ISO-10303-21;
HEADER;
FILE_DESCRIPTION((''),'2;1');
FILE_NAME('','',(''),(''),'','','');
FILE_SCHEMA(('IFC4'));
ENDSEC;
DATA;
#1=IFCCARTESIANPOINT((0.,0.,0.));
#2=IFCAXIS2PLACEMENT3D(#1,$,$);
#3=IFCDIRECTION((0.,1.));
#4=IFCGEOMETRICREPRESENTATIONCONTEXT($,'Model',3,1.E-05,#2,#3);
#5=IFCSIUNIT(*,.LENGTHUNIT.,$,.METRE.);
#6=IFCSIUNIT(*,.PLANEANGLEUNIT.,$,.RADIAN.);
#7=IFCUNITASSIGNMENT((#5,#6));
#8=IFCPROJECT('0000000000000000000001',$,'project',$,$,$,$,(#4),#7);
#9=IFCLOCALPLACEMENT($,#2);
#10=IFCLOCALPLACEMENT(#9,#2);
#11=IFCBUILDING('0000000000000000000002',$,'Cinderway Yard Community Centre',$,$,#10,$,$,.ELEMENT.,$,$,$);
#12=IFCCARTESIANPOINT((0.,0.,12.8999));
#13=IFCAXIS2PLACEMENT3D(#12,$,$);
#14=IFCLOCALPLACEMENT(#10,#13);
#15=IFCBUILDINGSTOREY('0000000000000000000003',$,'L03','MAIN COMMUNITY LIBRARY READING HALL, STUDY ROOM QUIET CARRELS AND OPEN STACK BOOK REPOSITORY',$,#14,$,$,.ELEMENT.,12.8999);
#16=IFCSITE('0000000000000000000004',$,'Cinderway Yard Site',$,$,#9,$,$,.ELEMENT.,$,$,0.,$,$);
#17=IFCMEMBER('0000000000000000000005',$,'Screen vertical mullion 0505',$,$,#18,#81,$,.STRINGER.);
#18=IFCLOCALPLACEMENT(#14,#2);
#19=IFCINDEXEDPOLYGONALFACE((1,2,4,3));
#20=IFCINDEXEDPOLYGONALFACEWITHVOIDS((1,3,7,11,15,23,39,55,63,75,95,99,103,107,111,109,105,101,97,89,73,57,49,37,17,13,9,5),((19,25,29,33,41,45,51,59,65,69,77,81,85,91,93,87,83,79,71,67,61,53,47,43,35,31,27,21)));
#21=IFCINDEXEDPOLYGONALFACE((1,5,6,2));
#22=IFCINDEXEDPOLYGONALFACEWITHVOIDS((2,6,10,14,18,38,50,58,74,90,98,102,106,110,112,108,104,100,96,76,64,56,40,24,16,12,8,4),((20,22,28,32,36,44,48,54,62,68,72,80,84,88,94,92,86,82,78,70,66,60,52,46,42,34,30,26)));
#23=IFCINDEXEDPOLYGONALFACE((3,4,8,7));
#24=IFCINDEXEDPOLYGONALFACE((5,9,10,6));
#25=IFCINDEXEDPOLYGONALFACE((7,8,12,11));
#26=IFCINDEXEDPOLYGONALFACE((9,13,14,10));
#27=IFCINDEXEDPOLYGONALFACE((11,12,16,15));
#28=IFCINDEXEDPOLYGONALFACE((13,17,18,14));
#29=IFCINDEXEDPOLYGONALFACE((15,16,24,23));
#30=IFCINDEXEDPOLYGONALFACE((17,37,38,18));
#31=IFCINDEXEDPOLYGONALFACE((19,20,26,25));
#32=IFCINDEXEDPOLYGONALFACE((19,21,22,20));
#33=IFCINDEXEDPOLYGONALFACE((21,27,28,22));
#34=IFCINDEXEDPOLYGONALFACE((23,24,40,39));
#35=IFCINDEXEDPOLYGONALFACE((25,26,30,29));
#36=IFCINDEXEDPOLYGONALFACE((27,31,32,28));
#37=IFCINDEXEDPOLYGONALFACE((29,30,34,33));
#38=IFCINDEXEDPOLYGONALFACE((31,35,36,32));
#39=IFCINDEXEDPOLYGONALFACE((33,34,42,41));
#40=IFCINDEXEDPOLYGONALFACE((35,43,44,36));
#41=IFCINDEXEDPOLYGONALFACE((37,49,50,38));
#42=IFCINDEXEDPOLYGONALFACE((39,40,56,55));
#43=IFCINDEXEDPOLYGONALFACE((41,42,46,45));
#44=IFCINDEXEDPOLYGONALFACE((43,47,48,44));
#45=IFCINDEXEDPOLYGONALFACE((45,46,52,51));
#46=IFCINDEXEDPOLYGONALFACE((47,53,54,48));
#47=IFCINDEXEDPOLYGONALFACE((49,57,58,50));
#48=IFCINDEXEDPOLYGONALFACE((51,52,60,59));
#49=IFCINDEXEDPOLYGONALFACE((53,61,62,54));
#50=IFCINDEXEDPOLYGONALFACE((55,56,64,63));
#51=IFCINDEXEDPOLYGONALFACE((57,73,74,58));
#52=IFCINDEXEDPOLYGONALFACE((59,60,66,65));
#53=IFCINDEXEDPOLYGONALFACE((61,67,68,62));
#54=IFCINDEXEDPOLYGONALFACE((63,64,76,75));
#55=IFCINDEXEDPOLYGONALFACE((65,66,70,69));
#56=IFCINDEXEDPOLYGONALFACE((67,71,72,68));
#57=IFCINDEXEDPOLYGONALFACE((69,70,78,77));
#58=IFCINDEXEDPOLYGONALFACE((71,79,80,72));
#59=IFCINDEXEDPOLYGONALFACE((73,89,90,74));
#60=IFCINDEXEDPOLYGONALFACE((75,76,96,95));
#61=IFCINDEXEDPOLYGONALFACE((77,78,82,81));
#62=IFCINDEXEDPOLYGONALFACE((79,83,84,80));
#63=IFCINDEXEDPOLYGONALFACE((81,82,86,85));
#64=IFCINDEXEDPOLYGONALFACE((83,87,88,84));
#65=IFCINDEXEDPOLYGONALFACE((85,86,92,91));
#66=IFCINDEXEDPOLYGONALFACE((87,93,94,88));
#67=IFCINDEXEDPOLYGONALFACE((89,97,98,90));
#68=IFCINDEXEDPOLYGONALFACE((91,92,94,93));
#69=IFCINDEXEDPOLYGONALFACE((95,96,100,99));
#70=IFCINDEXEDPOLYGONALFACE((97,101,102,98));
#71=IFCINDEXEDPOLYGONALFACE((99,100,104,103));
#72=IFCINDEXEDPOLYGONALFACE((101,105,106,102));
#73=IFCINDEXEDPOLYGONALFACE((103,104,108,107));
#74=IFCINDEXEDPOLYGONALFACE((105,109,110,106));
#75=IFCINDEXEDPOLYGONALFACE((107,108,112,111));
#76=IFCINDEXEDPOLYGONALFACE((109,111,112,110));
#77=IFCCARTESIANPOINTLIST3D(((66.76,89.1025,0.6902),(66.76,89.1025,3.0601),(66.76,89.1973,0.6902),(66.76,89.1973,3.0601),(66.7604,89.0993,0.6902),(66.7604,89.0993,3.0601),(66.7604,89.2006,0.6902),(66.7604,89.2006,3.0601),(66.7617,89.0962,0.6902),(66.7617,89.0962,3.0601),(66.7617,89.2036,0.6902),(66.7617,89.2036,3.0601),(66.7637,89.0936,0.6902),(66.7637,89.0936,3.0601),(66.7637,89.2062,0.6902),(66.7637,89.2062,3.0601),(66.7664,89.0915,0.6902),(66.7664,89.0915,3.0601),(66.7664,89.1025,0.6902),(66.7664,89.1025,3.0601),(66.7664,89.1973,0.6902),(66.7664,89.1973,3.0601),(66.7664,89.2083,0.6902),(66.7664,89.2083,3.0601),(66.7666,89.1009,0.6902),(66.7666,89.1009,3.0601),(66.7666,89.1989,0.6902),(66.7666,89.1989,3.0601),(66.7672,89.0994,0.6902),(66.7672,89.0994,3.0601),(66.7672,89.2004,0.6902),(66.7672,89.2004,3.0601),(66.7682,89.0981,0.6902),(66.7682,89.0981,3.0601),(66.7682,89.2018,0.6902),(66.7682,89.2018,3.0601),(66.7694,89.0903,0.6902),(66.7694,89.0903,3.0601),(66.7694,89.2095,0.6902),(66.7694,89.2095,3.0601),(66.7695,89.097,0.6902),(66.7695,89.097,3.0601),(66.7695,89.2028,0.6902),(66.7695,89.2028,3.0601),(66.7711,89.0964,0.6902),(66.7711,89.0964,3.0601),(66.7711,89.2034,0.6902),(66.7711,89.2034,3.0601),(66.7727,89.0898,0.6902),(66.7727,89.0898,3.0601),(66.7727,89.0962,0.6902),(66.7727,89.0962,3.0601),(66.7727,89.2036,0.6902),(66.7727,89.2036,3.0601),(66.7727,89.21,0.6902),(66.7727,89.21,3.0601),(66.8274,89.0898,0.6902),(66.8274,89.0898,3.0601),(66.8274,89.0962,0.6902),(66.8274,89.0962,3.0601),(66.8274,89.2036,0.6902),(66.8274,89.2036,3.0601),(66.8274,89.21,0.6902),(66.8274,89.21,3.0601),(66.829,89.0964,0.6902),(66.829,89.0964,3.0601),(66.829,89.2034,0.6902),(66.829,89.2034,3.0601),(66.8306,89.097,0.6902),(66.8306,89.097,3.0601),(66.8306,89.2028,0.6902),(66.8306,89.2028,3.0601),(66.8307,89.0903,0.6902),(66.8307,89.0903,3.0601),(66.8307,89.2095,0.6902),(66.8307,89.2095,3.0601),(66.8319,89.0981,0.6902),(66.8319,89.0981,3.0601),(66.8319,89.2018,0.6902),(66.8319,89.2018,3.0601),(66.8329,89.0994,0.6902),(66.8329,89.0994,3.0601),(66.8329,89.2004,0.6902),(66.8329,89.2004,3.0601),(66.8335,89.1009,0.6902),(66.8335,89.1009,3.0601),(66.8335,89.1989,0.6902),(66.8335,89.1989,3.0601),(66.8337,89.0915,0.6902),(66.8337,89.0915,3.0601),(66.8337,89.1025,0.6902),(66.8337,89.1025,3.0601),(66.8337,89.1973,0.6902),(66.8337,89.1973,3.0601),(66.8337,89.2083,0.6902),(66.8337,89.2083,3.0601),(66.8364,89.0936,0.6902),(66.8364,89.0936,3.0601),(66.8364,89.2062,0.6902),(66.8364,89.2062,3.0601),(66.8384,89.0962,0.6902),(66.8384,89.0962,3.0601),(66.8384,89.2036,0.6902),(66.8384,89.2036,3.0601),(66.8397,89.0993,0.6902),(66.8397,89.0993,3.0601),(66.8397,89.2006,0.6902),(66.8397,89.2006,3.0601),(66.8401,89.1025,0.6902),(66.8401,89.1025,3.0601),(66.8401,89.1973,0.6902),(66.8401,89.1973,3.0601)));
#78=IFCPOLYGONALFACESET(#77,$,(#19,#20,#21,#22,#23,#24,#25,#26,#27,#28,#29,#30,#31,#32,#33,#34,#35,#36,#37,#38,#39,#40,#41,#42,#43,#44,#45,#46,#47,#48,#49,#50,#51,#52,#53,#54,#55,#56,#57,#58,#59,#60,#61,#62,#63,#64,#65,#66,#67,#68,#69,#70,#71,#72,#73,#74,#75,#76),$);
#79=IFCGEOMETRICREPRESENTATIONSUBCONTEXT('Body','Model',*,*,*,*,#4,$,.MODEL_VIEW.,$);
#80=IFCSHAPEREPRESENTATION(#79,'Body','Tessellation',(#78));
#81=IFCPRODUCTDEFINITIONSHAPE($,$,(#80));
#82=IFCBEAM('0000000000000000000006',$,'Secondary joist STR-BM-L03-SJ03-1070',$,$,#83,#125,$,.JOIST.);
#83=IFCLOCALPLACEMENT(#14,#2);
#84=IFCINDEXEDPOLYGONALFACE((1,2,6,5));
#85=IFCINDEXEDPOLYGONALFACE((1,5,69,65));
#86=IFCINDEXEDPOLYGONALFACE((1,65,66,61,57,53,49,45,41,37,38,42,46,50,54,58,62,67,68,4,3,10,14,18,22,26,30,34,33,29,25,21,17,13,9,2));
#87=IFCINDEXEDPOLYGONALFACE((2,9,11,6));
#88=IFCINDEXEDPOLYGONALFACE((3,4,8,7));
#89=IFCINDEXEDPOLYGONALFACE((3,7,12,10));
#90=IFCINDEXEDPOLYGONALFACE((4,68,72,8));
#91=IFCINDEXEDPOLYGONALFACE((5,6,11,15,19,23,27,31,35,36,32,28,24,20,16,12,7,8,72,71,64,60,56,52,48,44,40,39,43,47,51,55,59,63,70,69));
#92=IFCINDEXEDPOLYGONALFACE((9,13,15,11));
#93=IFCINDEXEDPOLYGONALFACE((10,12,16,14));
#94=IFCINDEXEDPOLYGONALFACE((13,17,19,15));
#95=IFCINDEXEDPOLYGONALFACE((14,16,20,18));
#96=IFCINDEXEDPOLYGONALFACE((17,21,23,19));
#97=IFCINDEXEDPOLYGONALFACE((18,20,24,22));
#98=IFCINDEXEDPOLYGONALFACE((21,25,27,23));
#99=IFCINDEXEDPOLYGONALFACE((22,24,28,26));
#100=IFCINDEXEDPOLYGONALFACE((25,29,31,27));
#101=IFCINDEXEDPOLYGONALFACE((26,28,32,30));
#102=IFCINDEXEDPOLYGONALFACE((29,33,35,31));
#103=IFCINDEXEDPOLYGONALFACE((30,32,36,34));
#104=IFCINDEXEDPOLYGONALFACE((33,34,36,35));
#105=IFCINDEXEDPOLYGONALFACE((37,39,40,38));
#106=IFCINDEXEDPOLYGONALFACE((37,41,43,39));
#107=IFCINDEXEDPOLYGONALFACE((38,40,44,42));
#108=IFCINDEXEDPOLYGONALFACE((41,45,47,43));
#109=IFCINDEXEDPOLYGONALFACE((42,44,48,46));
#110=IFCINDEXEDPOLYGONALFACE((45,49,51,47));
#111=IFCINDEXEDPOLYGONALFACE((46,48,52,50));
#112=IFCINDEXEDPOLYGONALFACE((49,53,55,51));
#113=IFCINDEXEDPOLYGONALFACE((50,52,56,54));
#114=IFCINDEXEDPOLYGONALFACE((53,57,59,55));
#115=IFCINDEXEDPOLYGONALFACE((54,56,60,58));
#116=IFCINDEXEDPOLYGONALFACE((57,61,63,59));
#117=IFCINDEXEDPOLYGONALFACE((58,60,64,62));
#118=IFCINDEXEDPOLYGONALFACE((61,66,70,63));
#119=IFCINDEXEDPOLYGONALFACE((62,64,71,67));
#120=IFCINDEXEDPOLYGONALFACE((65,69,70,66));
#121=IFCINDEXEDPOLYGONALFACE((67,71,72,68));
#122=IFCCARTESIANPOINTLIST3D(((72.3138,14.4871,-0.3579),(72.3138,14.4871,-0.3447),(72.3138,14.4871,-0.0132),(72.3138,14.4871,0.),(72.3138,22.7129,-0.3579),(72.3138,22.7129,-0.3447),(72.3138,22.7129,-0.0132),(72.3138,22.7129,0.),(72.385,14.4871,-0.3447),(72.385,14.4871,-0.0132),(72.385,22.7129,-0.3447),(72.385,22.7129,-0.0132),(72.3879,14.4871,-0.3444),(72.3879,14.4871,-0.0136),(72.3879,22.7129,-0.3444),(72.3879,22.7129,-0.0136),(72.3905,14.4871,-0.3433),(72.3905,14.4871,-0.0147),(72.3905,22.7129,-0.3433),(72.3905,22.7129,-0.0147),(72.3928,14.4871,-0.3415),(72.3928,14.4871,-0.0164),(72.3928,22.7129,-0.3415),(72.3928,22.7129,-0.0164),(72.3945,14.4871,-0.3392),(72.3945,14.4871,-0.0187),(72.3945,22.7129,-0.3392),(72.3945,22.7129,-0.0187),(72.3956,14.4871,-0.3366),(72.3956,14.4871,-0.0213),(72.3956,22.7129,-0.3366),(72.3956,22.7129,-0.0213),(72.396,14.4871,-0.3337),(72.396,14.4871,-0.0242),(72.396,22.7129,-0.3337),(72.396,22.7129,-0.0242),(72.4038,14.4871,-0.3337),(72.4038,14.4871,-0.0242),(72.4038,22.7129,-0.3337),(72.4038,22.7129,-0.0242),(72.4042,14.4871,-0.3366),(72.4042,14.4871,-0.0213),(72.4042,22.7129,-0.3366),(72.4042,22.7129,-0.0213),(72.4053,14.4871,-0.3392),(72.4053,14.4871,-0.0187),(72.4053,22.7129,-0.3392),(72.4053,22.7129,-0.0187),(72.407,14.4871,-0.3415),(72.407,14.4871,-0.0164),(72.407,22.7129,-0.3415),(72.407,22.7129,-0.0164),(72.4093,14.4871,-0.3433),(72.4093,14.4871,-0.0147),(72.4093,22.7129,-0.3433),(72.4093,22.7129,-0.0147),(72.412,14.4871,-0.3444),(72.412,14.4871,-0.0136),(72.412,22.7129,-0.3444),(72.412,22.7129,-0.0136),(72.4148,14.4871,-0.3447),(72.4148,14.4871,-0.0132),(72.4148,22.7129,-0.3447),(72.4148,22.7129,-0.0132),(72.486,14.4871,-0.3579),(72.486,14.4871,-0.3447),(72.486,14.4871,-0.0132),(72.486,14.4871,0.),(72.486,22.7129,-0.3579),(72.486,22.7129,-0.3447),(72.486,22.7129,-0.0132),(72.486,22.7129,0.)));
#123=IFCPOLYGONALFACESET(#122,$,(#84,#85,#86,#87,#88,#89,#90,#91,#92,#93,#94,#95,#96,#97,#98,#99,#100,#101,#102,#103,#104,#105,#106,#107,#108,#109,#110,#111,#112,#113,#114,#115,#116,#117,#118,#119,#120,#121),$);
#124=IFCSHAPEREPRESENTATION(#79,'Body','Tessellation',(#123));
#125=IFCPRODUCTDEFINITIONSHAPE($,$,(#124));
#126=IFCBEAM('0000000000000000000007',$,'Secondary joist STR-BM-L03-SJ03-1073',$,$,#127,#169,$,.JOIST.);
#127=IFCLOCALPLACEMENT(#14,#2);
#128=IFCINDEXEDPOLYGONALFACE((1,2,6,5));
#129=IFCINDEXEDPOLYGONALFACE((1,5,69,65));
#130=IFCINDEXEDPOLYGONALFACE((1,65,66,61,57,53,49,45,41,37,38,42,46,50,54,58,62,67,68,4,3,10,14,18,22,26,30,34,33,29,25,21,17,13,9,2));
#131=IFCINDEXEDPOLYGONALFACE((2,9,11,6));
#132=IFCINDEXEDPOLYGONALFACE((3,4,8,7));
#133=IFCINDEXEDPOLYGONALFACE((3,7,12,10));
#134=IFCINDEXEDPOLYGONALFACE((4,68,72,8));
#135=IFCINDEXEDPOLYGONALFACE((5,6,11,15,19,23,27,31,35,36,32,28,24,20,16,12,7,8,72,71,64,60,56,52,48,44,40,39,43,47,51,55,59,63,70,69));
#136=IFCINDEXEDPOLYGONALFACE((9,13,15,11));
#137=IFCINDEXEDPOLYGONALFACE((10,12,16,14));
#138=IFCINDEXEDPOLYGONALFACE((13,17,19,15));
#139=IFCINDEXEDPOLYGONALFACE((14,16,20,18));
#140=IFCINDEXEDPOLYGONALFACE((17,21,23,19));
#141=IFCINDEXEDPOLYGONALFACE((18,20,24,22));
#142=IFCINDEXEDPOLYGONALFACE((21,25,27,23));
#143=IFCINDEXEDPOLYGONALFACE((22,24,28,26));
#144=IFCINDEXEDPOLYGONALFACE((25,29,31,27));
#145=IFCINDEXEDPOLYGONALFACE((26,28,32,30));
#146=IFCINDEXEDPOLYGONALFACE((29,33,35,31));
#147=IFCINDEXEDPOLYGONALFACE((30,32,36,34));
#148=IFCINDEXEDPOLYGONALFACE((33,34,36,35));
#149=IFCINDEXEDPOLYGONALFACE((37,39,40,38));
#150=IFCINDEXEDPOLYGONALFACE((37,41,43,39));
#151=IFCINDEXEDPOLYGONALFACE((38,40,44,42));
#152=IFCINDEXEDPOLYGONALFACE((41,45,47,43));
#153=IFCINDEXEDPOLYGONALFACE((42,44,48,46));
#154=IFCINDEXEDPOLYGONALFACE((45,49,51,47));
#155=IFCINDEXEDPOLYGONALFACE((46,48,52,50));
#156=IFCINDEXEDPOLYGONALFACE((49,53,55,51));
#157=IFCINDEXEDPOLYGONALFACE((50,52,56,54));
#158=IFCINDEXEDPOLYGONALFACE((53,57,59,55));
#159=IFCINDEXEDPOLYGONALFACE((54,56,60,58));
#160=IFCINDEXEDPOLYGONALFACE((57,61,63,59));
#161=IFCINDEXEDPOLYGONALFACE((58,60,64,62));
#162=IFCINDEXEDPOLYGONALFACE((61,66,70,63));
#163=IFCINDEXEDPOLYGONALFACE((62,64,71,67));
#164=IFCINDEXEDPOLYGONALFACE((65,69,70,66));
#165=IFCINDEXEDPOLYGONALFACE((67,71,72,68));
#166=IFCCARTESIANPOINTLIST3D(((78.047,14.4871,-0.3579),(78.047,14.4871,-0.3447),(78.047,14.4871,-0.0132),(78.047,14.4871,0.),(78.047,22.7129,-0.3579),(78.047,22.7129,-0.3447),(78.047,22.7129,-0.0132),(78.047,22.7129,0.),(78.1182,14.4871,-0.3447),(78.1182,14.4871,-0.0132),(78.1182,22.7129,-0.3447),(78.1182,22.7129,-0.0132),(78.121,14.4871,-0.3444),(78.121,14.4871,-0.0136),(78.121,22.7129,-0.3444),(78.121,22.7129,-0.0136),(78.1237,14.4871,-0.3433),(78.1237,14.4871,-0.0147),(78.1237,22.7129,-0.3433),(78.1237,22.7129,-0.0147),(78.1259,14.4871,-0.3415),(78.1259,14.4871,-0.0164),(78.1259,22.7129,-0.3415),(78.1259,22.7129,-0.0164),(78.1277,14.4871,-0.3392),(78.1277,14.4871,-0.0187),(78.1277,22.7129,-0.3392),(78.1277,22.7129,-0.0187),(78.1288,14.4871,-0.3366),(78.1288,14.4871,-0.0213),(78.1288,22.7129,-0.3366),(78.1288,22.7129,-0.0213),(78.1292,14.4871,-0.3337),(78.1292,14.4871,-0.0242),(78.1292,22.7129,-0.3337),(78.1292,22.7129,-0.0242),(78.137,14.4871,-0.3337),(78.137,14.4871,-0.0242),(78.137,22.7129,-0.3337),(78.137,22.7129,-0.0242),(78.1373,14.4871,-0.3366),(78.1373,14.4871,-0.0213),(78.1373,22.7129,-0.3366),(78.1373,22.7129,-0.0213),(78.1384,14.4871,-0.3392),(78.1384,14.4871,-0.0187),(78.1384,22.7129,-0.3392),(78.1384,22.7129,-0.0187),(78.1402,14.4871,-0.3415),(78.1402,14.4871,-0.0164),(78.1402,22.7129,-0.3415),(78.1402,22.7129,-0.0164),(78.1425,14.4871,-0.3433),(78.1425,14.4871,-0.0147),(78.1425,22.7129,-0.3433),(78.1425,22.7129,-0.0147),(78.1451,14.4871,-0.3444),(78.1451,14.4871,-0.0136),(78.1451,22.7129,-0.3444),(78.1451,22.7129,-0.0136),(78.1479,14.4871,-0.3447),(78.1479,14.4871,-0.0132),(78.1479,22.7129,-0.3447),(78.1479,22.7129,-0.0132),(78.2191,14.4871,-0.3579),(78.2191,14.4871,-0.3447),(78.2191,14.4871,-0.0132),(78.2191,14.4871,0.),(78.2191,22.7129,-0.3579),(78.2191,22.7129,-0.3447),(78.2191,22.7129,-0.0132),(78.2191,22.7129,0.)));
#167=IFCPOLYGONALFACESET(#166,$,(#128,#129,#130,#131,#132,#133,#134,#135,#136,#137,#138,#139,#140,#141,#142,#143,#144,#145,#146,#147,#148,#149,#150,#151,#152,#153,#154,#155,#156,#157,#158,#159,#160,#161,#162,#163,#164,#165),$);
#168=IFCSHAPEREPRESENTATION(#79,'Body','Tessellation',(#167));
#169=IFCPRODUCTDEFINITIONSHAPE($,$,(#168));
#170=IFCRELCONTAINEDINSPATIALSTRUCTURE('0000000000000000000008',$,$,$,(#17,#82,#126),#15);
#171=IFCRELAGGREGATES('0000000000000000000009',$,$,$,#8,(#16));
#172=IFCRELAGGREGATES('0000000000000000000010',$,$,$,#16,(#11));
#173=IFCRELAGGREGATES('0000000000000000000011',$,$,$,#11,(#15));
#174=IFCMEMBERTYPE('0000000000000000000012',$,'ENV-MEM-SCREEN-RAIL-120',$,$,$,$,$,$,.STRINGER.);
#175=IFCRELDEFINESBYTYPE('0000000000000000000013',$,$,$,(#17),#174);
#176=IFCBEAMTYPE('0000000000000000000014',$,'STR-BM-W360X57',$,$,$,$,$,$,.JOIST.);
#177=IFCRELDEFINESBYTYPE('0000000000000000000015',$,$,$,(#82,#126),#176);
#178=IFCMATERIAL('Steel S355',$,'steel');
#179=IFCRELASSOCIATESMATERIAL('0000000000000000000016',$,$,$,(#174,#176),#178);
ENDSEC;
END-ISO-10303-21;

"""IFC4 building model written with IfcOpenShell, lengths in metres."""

from ifc_helpers import new_model, si_unit, direction, frame, origin, origin_2d, place, context, subcontext, project, spatial, hollow_rectangle, i_section, extrude, material, material_profile, profile_set, type_object, element, save


model = new_model("IFC4")

# Units and contexts
model_context = context("Model", 3, precision=1e-05, world=origin(), true_north=direction((0.0, 1.0)))
body_context = subcontext(model_context, "Body", "Model", "MODEL_VIEW")
ifc_project = project(units=[si_unit("LENGTHUNIT", "METRE"), si_unit("PLANEANGLEUNIT", "RADIAN")], contexts=[model_context])

# Site, building, storey
site_placement = place(None, origin())
site = spatial("IfcSite", under=ifc_project, at=site_placement, Name="Cinderway Yard Site", CompositionType="ELEMENT", RefElevation=0.0)
building_placement = place(site_placement, origin())
building = spatial("IfcBuilding", under=site, at=building_placement, Name="Cinderway Yard Community Centre", CompositionType="ELEMENT")
storey_placement = place(building_placement, frame((0.0, 0.0, 12.8999)))
storey = spatial("IfcBuildingStorey", under=building, at=storey_placement, Name="L03", Description="MAIN COMMUNITY LIBRARY READING HALL, STUDY ROOM QUIET CARRELS AND OPEN STACK BOOK REPOSITORY", CompositionType="ELEMENT", Elevation=12.8999)

# Shared definitions
ifc_material_1 = material(Name="Steel S355", Category="steel")

# Member
ifc_material_profile_1 = material_profile(ifc_material_1, hollow_rectangle(XDim=0.0801, YDim=0.1201, WallThickness=0.0063, InnerFilletRadius=0.0063, OuterFilletRadius=0.0127, at=origin_2d()), Name="Steel S355")
ifc_profile_set_1 = profile_set([ifc_material_profile_1], Name="Steel S355")
member_type = type_object("IfcMemberType", Name="ENV-MEM-SCREEN-RAIL-120", PredefinedType="STRINGER", material=ifc_profile_set_1)
member_placement = place(storey_placement, frame((66.8, 89.1499, 0.6902), z_axis=(0.0, 0.0, 1.0), x_axis=(1.0, 0.0, 0.0)))
element("IfcMember", 1, at=member_placement, inside=storey, type_object=member_type, Name="Screen vertical mullion 0505", PredefinedType="STRINGER", context=body_context, shape_type="SweptSolid", body=[
    extrude(hollow_rectangle(XDim=0.0801, YDim=0.1201, WallThickness=0.0063, InnerFilletRadius=0.0063, OuterFilletRadius=0.0127, at=origin_2d()), origin(), (0.0, 0.0, 1.0), 2.3699),
])

# Beams
ifc_material_profile_2 = material_profile(ifc_material_1, i_section(OverallWidth=0.1721, OverallDepth=0.3579, WebThickness=0.0078, FlangeThickness=0.0132, FilletRadius=0.011, at=origin_2d()), Name="Steel S355")
ifc_profile_set_2 = profile_set([ifc_material_profile_2], Name="Steel S355")
beam_type_1 = type_object("IfcBeamType", Name="STR-BM-W360X57", PredefinedType="JOIST", material=ifc_profile_set_2)
for number, where, z_axis, x_axis, name in (
    (2, (72.3999, 14.4871, -0.179), (0.0, 1.0, 0.0), (-1.0, 0.0, 0.0), "Secondary joist STR-BM-L03-SJ03-1070"),
    (3, (78.1331, 14.4871, -0.179), (0.0, 1.0, 0.0), (-1.0, 0.0, 0.0), "Secondary joist STR-BM-L03-SJ03-1073"),
):
    element("IfcBeam", number, at=place(storey_placement, frame(where, z_axis=z_axis, x_axis=x_axis)), inside=storey, type_object=beam_type_1, Name=name, PredefinedType="JOIST", context=body_context, shape_type="SweptSolid", body=[
        extrude(i_section(OverallWidth=0.1721, OverallDepth=0.3579, WebThickness=0.0078, FlangeThickness=0.0132, FilletRadius=0.011, at=origin_2d()), origin(), (0.0, 0.0, 1.0), 8.2258),
    ])

save(model, "model.ifc")
